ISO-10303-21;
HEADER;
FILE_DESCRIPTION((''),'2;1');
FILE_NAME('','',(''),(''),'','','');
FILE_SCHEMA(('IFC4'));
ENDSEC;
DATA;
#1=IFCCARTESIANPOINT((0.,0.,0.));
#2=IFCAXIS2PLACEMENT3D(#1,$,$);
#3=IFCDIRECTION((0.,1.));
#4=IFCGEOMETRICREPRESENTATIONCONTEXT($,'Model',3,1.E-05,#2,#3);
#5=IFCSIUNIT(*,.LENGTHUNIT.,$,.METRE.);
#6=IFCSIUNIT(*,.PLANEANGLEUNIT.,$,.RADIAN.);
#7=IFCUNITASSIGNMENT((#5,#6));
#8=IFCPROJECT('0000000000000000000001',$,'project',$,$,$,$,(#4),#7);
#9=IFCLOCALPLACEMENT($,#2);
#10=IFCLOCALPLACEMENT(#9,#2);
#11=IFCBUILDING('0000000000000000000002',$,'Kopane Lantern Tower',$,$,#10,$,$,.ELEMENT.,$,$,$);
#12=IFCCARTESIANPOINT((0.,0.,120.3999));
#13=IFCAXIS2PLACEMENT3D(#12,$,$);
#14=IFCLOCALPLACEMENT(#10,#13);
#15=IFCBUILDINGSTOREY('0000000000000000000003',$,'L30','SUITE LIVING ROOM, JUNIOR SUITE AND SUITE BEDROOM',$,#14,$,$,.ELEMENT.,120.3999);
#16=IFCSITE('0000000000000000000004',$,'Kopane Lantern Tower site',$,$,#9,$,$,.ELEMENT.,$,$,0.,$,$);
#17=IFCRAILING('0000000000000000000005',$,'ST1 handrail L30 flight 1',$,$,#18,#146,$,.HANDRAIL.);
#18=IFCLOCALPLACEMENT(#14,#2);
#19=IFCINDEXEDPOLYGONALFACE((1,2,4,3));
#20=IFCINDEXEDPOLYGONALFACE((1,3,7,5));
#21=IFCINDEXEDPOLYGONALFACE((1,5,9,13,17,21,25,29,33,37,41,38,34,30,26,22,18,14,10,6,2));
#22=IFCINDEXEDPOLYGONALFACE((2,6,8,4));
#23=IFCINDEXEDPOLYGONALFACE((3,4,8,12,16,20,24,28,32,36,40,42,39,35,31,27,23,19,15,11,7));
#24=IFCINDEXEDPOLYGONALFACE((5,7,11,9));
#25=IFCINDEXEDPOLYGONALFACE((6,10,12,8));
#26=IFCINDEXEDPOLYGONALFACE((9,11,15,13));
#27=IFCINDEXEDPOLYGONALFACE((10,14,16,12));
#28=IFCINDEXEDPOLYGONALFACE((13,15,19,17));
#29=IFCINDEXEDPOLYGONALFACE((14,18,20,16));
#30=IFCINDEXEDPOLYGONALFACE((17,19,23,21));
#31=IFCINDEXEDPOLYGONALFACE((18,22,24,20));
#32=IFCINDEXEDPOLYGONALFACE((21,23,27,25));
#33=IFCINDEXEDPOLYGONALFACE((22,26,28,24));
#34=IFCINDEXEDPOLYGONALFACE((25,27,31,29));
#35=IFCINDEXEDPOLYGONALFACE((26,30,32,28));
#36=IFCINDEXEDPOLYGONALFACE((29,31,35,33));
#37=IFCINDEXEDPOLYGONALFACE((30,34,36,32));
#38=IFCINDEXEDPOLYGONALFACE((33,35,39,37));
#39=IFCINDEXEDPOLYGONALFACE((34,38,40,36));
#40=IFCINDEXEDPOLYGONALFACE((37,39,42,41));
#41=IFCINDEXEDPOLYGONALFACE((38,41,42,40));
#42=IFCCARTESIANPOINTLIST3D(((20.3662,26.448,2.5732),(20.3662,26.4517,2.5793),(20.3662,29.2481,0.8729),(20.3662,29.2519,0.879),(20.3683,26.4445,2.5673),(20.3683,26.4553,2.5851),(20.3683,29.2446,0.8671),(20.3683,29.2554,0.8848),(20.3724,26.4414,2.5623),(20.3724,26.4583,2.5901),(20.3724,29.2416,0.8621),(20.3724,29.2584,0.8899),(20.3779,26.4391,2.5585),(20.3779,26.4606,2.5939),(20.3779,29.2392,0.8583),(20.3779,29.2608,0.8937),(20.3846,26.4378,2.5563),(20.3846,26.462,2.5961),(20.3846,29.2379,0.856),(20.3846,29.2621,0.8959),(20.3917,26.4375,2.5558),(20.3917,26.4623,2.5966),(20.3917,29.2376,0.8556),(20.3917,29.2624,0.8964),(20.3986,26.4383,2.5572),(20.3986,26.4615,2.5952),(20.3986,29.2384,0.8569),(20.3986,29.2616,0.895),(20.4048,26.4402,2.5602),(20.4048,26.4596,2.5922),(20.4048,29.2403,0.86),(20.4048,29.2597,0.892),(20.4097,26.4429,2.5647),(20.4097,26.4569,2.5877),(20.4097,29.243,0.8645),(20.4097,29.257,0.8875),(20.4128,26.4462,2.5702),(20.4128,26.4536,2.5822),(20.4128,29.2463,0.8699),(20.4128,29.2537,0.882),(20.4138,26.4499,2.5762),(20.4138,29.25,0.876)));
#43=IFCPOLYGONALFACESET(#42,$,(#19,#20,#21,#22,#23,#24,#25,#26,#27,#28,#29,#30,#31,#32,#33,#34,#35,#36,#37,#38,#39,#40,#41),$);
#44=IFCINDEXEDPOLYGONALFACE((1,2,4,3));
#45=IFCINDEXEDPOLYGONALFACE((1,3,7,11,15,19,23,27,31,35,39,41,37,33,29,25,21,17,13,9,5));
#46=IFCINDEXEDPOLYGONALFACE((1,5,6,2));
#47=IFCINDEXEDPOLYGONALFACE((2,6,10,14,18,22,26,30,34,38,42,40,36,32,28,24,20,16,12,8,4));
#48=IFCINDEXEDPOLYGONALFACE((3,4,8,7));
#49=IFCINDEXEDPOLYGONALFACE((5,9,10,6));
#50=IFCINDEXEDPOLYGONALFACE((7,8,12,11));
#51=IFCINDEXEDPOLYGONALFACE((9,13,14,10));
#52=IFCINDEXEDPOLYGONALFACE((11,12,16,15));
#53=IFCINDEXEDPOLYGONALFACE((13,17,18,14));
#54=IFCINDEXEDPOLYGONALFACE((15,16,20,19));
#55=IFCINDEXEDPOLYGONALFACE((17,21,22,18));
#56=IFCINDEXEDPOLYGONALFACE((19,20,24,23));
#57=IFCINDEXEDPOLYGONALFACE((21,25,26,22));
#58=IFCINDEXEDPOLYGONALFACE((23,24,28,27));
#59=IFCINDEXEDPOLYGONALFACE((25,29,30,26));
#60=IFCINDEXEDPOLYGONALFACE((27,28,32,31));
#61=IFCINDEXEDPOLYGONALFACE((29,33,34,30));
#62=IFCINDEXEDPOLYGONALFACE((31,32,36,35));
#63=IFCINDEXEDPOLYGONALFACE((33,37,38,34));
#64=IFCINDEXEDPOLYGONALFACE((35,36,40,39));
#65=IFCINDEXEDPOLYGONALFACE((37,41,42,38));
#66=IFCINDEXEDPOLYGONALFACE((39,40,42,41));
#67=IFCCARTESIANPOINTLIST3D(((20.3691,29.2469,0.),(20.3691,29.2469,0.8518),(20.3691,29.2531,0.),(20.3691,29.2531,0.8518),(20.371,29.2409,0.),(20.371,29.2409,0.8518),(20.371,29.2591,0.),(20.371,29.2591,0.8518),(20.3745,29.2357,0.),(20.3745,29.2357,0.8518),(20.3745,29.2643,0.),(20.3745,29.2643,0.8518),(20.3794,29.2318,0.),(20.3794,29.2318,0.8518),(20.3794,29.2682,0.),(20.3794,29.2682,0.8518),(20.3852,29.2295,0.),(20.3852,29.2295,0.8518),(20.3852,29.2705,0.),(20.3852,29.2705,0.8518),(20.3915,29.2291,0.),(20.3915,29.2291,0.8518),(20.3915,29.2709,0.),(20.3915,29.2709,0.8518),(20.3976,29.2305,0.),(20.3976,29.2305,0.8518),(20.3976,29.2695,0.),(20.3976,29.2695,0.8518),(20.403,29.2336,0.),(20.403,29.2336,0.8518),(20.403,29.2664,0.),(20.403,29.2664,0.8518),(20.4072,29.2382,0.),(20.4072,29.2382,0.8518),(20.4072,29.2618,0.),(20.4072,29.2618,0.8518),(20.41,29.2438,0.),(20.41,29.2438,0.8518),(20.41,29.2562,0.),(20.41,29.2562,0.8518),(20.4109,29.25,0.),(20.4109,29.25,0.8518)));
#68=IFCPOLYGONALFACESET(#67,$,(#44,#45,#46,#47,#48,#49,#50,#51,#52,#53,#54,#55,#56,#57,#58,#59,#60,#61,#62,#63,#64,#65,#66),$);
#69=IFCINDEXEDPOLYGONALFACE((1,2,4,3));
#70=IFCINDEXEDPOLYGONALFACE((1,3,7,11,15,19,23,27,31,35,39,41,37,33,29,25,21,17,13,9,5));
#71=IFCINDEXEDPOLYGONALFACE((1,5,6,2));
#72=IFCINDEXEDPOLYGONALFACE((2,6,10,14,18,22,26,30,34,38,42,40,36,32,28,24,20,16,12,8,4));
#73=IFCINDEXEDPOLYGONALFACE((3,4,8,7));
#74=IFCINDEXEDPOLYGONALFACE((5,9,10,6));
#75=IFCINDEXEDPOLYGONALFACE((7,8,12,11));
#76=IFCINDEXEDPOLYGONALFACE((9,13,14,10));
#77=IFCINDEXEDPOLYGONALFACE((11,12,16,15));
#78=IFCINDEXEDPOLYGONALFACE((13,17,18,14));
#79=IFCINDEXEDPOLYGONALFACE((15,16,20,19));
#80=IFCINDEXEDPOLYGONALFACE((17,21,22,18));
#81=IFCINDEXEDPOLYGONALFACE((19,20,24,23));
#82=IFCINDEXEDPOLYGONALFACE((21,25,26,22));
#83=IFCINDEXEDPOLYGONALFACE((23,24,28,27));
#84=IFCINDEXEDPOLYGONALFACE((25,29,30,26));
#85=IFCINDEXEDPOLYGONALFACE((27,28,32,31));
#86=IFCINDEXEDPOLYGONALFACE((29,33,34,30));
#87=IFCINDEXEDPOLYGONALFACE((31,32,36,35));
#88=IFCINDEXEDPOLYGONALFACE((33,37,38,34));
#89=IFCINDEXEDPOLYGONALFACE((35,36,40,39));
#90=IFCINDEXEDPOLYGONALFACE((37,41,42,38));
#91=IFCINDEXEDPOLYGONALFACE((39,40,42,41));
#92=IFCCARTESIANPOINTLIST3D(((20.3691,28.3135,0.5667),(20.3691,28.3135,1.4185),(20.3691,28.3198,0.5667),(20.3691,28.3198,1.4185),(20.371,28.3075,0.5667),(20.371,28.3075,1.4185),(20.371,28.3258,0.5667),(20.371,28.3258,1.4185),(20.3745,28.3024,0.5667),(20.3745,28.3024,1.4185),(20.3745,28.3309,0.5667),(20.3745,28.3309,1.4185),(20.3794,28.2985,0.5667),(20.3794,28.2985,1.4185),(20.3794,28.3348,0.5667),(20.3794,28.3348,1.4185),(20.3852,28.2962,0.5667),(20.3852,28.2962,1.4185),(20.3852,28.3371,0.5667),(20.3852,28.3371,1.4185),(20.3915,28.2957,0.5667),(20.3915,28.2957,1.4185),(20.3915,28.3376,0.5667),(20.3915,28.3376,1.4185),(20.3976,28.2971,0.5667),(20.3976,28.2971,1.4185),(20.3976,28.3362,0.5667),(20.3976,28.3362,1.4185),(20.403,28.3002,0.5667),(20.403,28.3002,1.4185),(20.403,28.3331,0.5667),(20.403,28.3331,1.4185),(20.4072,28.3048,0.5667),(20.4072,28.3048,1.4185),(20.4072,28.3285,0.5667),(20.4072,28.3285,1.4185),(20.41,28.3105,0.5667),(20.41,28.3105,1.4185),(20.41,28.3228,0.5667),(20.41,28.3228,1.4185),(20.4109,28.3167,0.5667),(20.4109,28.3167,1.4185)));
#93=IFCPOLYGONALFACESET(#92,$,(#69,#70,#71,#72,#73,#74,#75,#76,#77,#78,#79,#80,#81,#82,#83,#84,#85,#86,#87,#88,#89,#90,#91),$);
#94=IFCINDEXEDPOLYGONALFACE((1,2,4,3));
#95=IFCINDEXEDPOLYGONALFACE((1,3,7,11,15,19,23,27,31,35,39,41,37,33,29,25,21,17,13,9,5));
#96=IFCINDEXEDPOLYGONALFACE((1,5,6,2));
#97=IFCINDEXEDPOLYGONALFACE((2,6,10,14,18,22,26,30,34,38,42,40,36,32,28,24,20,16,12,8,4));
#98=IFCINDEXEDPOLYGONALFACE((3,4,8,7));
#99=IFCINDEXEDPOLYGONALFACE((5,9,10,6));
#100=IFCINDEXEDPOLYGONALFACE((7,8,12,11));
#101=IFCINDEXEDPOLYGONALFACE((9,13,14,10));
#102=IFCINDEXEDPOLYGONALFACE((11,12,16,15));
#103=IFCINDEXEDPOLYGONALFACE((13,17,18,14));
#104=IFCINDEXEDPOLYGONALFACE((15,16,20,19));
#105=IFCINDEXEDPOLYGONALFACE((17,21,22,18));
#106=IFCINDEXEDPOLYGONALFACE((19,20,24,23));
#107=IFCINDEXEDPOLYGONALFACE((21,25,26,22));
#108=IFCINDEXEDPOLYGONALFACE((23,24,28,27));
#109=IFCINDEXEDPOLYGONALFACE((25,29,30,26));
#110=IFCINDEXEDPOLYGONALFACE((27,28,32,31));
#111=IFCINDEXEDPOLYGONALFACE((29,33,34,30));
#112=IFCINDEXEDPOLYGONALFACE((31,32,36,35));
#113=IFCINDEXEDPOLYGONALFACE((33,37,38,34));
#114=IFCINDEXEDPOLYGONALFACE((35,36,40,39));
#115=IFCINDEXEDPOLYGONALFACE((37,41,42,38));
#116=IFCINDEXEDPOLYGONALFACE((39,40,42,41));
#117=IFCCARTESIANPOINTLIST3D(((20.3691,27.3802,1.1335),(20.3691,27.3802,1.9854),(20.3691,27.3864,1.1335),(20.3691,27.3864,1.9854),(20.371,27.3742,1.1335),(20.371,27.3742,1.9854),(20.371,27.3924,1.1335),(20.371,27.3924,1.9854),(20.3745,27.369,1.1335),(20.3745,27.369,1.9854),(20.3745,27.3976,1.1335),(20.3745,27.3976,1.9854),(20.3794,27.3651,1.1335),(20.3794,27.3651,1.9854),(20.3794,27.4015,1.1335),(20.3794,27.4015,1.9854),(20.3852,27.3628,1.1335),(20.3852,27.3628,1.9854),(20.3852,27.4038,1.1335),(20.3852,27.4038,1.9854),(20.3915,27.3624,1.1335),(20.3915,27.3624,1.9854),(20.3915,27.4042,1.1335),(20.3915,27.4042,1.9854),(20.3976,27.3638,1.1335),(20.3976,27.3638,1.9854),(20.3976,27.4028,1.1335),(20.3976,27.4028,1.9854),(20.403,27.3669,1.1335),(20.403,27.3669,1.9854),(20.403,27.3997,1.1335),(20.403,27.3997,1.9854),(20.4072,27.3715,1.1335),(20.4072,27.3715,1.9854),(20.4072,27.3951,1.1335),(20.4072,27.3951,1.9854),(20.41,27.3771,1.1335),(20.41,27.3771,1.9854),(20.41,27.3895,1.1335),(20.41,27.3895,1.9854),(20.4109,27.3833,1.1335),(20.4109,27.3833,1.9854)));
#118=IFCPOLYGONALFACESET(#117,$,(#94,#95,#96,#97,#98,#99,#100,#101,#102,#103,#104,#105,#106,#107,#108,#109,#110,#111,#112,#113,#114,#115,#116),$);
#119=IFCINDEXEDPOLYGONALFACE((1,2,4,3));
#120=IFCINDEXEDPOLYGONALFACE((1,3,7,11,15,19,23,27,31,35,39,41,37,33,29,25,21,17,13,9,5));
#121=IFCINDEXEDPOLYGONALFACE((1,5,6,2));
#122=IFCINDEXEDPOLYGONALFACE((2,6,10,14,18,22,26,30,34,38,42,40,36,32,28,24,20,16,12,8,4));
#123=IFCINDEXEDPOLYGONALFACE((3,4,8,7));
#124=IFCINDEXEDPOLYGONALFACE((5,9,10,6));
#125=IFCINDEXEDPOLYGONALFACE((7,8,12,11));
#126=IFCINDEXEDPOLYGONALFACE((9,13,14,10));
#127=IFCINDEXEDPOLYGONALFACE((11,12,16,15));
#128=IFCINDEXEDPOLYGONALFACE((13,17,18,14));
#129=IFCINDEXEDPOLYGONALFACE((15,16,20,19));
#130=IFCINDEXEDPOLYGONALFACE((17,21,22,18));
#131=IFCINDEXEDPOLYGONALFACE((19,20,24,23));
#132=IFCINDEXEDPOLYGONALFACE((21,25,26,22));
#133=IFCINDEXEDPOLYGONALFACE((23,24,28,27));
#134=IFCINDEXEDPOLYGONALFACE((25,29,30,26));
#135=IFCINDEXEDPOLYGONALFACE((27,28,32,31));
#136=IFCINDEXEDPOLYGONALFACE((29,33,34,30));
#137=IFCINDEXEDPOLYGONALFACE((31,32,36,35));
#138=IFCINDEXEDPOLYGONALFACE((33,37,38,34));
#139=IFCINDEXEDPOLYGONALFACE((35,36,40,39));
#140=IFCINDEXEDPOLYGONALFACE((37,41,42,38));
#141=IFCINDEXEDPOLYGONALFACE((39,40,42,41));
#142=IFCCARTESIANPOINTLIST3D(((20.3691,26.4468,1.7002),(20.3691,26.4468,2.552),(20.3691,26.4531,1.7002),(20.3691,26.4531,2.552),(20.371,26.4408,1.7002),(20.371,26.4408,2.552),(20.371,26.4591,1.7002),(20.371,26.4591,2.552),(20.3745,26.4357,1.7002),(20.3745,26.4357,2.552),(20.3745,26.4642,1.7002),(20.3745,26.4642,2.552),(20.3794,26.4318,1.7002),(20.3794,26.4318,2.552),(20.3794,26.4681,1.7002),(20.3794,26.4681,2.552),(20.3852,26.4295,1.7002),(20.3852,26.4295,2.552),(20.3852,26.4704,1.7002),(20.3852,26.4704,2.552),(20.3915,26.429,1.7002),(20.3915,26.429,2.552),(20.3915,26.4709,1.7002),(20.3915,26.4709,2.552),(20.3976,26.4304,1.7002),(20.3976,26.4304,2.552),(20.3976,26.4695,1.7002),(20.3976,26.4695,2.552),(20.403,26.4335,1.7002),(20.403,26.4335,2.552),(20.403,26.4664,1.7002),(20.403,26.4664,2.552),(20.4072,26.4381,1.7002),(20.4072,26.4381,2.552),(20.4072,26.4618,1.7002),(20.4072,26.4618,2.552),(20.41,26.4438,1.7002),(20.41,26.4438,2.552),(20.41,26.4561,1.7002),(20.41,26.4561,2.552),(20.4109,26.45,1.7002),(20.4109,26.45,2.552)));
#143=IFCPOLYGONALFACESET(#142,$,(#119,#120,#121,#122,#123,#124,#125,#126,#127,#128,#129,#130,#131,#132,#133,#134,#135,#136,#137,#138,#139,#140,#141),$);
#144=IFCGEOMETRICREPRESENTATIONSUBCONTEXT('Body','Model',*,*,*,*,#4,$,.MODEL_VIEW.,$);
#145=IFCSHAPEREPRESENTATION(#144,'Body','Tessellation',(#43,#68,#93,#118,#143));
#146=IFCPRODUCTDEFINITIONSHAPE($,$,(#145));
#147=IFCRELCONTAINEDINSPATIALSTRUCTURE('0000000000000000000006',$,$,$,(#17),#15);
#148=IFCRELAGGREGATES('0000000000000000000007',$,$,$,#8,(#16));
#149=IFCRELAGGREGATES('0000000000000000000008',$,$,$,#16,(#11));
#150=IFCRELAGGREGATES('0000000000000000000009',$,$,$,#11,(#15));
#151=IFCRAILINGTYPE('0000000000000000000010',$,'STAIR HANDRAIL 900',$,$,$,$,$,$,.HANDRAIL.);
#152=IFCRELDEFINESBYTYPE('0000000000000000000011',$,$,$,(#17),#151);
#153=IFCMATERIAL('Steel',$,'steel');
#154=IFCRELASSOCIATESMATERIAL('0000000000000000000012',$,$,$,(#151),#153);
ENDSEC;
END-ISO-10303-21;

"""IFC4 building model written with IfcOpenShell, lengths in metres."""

from ifc_helpers import new_model, si_unit, direction, frame, origin, origin_2d, place, context, subcontext, project, spatial, circle, extrude, material, type_object, element, save


model = new_model("IFC4")

# Units and contexts
model_context = context("Model", 3, precision=1e-05, world=origin(), true_north=direction((0.0, 1.0)))
body_context = subcontext(model_context, "Body", "Model", "MODEL_VIEW")
ifc_project = project(units=[si_unit("LENGTHUNIT", "METRE"), si_unit("PLANEANGLEUNIT", "RADIAN")], contexts=[model_context])

# Site, building, storey
site_placement = place(None, origin())
site = spatial("IfcSite", under=ifc_project, at=site_placement, Name="Kopane Lantern Tower site", CompositionType="ELEMENT", RefElevation=0.0)
building_placement = place(site_placement, origin())
building = spatial("IfcBuilding", under=site, at=building_placement, Name="Kopane Lantern Tower", CompositionType="ELEMENT")
storey_placement = place(building_placement, frame((0.0, 0.0, 120.3999)))
storey = spatial("IfcBuildingStorey", under=building, at=storey_placement, Name="L30", Description="SUITE LIVING ROOM, JUNIOR SUITE AND SUITE BEDROOM", CompositionType="ELEMENT", Elevation=120.3999)

# Railing
ifc_material_1 = material(Name="Steel", Category="steel")
railing_type_1 = type_object("IfcRailingType", Name="STAIR HANDRAIL 900", PredefinedType="HANDRAIL", material=ifc_material_1)
for number, where, name in (
    (1, (20.3899, 29.25, 0.0), "ST1 handrail L30 flight 1"),
):
    element("IfcRailing", number, at=place(storey_placement, frame(where)), inside=storey, type_object=railing_type_1, Name=name, PredefinedType="HANDRAIL", context=body_context, shape_type="SweptSolid", body=[
        extrude(circle(Radius=0.0239, at=origin_2d()), frame((0.0, 0.0, 0.876), z_axis=(0.0, -0.854765, 0.519015), x_axis=(1.0, 0.0, 0.0)), (0.0, 0.0, 1.0), 3.2759),
        extrude(circle(Radius=0.021, at=origin_2d()), origin(), (0.0, 0.0, 1.0), 0.8518),
        extrude(circle(Radius=0.021, at=origin_2d()), frame((0.0, -0.9333, 0.5667)), (0.0, 0.0, 1.0), 0.8518),
        extrude(circle(Radius=0.021, at=origin_2d()), frame((0.0, -1.8667, 1.1335)), (0.0, 0.0, 1.0), 0.8518),
        extrude(circle(Radius=0.021, at=origin_2d()), frame((0.0, -2.8, 1.7002)), (0.0, 0.0, 1.0), 0.8518),
    ])

save(model, "model.ifc")
